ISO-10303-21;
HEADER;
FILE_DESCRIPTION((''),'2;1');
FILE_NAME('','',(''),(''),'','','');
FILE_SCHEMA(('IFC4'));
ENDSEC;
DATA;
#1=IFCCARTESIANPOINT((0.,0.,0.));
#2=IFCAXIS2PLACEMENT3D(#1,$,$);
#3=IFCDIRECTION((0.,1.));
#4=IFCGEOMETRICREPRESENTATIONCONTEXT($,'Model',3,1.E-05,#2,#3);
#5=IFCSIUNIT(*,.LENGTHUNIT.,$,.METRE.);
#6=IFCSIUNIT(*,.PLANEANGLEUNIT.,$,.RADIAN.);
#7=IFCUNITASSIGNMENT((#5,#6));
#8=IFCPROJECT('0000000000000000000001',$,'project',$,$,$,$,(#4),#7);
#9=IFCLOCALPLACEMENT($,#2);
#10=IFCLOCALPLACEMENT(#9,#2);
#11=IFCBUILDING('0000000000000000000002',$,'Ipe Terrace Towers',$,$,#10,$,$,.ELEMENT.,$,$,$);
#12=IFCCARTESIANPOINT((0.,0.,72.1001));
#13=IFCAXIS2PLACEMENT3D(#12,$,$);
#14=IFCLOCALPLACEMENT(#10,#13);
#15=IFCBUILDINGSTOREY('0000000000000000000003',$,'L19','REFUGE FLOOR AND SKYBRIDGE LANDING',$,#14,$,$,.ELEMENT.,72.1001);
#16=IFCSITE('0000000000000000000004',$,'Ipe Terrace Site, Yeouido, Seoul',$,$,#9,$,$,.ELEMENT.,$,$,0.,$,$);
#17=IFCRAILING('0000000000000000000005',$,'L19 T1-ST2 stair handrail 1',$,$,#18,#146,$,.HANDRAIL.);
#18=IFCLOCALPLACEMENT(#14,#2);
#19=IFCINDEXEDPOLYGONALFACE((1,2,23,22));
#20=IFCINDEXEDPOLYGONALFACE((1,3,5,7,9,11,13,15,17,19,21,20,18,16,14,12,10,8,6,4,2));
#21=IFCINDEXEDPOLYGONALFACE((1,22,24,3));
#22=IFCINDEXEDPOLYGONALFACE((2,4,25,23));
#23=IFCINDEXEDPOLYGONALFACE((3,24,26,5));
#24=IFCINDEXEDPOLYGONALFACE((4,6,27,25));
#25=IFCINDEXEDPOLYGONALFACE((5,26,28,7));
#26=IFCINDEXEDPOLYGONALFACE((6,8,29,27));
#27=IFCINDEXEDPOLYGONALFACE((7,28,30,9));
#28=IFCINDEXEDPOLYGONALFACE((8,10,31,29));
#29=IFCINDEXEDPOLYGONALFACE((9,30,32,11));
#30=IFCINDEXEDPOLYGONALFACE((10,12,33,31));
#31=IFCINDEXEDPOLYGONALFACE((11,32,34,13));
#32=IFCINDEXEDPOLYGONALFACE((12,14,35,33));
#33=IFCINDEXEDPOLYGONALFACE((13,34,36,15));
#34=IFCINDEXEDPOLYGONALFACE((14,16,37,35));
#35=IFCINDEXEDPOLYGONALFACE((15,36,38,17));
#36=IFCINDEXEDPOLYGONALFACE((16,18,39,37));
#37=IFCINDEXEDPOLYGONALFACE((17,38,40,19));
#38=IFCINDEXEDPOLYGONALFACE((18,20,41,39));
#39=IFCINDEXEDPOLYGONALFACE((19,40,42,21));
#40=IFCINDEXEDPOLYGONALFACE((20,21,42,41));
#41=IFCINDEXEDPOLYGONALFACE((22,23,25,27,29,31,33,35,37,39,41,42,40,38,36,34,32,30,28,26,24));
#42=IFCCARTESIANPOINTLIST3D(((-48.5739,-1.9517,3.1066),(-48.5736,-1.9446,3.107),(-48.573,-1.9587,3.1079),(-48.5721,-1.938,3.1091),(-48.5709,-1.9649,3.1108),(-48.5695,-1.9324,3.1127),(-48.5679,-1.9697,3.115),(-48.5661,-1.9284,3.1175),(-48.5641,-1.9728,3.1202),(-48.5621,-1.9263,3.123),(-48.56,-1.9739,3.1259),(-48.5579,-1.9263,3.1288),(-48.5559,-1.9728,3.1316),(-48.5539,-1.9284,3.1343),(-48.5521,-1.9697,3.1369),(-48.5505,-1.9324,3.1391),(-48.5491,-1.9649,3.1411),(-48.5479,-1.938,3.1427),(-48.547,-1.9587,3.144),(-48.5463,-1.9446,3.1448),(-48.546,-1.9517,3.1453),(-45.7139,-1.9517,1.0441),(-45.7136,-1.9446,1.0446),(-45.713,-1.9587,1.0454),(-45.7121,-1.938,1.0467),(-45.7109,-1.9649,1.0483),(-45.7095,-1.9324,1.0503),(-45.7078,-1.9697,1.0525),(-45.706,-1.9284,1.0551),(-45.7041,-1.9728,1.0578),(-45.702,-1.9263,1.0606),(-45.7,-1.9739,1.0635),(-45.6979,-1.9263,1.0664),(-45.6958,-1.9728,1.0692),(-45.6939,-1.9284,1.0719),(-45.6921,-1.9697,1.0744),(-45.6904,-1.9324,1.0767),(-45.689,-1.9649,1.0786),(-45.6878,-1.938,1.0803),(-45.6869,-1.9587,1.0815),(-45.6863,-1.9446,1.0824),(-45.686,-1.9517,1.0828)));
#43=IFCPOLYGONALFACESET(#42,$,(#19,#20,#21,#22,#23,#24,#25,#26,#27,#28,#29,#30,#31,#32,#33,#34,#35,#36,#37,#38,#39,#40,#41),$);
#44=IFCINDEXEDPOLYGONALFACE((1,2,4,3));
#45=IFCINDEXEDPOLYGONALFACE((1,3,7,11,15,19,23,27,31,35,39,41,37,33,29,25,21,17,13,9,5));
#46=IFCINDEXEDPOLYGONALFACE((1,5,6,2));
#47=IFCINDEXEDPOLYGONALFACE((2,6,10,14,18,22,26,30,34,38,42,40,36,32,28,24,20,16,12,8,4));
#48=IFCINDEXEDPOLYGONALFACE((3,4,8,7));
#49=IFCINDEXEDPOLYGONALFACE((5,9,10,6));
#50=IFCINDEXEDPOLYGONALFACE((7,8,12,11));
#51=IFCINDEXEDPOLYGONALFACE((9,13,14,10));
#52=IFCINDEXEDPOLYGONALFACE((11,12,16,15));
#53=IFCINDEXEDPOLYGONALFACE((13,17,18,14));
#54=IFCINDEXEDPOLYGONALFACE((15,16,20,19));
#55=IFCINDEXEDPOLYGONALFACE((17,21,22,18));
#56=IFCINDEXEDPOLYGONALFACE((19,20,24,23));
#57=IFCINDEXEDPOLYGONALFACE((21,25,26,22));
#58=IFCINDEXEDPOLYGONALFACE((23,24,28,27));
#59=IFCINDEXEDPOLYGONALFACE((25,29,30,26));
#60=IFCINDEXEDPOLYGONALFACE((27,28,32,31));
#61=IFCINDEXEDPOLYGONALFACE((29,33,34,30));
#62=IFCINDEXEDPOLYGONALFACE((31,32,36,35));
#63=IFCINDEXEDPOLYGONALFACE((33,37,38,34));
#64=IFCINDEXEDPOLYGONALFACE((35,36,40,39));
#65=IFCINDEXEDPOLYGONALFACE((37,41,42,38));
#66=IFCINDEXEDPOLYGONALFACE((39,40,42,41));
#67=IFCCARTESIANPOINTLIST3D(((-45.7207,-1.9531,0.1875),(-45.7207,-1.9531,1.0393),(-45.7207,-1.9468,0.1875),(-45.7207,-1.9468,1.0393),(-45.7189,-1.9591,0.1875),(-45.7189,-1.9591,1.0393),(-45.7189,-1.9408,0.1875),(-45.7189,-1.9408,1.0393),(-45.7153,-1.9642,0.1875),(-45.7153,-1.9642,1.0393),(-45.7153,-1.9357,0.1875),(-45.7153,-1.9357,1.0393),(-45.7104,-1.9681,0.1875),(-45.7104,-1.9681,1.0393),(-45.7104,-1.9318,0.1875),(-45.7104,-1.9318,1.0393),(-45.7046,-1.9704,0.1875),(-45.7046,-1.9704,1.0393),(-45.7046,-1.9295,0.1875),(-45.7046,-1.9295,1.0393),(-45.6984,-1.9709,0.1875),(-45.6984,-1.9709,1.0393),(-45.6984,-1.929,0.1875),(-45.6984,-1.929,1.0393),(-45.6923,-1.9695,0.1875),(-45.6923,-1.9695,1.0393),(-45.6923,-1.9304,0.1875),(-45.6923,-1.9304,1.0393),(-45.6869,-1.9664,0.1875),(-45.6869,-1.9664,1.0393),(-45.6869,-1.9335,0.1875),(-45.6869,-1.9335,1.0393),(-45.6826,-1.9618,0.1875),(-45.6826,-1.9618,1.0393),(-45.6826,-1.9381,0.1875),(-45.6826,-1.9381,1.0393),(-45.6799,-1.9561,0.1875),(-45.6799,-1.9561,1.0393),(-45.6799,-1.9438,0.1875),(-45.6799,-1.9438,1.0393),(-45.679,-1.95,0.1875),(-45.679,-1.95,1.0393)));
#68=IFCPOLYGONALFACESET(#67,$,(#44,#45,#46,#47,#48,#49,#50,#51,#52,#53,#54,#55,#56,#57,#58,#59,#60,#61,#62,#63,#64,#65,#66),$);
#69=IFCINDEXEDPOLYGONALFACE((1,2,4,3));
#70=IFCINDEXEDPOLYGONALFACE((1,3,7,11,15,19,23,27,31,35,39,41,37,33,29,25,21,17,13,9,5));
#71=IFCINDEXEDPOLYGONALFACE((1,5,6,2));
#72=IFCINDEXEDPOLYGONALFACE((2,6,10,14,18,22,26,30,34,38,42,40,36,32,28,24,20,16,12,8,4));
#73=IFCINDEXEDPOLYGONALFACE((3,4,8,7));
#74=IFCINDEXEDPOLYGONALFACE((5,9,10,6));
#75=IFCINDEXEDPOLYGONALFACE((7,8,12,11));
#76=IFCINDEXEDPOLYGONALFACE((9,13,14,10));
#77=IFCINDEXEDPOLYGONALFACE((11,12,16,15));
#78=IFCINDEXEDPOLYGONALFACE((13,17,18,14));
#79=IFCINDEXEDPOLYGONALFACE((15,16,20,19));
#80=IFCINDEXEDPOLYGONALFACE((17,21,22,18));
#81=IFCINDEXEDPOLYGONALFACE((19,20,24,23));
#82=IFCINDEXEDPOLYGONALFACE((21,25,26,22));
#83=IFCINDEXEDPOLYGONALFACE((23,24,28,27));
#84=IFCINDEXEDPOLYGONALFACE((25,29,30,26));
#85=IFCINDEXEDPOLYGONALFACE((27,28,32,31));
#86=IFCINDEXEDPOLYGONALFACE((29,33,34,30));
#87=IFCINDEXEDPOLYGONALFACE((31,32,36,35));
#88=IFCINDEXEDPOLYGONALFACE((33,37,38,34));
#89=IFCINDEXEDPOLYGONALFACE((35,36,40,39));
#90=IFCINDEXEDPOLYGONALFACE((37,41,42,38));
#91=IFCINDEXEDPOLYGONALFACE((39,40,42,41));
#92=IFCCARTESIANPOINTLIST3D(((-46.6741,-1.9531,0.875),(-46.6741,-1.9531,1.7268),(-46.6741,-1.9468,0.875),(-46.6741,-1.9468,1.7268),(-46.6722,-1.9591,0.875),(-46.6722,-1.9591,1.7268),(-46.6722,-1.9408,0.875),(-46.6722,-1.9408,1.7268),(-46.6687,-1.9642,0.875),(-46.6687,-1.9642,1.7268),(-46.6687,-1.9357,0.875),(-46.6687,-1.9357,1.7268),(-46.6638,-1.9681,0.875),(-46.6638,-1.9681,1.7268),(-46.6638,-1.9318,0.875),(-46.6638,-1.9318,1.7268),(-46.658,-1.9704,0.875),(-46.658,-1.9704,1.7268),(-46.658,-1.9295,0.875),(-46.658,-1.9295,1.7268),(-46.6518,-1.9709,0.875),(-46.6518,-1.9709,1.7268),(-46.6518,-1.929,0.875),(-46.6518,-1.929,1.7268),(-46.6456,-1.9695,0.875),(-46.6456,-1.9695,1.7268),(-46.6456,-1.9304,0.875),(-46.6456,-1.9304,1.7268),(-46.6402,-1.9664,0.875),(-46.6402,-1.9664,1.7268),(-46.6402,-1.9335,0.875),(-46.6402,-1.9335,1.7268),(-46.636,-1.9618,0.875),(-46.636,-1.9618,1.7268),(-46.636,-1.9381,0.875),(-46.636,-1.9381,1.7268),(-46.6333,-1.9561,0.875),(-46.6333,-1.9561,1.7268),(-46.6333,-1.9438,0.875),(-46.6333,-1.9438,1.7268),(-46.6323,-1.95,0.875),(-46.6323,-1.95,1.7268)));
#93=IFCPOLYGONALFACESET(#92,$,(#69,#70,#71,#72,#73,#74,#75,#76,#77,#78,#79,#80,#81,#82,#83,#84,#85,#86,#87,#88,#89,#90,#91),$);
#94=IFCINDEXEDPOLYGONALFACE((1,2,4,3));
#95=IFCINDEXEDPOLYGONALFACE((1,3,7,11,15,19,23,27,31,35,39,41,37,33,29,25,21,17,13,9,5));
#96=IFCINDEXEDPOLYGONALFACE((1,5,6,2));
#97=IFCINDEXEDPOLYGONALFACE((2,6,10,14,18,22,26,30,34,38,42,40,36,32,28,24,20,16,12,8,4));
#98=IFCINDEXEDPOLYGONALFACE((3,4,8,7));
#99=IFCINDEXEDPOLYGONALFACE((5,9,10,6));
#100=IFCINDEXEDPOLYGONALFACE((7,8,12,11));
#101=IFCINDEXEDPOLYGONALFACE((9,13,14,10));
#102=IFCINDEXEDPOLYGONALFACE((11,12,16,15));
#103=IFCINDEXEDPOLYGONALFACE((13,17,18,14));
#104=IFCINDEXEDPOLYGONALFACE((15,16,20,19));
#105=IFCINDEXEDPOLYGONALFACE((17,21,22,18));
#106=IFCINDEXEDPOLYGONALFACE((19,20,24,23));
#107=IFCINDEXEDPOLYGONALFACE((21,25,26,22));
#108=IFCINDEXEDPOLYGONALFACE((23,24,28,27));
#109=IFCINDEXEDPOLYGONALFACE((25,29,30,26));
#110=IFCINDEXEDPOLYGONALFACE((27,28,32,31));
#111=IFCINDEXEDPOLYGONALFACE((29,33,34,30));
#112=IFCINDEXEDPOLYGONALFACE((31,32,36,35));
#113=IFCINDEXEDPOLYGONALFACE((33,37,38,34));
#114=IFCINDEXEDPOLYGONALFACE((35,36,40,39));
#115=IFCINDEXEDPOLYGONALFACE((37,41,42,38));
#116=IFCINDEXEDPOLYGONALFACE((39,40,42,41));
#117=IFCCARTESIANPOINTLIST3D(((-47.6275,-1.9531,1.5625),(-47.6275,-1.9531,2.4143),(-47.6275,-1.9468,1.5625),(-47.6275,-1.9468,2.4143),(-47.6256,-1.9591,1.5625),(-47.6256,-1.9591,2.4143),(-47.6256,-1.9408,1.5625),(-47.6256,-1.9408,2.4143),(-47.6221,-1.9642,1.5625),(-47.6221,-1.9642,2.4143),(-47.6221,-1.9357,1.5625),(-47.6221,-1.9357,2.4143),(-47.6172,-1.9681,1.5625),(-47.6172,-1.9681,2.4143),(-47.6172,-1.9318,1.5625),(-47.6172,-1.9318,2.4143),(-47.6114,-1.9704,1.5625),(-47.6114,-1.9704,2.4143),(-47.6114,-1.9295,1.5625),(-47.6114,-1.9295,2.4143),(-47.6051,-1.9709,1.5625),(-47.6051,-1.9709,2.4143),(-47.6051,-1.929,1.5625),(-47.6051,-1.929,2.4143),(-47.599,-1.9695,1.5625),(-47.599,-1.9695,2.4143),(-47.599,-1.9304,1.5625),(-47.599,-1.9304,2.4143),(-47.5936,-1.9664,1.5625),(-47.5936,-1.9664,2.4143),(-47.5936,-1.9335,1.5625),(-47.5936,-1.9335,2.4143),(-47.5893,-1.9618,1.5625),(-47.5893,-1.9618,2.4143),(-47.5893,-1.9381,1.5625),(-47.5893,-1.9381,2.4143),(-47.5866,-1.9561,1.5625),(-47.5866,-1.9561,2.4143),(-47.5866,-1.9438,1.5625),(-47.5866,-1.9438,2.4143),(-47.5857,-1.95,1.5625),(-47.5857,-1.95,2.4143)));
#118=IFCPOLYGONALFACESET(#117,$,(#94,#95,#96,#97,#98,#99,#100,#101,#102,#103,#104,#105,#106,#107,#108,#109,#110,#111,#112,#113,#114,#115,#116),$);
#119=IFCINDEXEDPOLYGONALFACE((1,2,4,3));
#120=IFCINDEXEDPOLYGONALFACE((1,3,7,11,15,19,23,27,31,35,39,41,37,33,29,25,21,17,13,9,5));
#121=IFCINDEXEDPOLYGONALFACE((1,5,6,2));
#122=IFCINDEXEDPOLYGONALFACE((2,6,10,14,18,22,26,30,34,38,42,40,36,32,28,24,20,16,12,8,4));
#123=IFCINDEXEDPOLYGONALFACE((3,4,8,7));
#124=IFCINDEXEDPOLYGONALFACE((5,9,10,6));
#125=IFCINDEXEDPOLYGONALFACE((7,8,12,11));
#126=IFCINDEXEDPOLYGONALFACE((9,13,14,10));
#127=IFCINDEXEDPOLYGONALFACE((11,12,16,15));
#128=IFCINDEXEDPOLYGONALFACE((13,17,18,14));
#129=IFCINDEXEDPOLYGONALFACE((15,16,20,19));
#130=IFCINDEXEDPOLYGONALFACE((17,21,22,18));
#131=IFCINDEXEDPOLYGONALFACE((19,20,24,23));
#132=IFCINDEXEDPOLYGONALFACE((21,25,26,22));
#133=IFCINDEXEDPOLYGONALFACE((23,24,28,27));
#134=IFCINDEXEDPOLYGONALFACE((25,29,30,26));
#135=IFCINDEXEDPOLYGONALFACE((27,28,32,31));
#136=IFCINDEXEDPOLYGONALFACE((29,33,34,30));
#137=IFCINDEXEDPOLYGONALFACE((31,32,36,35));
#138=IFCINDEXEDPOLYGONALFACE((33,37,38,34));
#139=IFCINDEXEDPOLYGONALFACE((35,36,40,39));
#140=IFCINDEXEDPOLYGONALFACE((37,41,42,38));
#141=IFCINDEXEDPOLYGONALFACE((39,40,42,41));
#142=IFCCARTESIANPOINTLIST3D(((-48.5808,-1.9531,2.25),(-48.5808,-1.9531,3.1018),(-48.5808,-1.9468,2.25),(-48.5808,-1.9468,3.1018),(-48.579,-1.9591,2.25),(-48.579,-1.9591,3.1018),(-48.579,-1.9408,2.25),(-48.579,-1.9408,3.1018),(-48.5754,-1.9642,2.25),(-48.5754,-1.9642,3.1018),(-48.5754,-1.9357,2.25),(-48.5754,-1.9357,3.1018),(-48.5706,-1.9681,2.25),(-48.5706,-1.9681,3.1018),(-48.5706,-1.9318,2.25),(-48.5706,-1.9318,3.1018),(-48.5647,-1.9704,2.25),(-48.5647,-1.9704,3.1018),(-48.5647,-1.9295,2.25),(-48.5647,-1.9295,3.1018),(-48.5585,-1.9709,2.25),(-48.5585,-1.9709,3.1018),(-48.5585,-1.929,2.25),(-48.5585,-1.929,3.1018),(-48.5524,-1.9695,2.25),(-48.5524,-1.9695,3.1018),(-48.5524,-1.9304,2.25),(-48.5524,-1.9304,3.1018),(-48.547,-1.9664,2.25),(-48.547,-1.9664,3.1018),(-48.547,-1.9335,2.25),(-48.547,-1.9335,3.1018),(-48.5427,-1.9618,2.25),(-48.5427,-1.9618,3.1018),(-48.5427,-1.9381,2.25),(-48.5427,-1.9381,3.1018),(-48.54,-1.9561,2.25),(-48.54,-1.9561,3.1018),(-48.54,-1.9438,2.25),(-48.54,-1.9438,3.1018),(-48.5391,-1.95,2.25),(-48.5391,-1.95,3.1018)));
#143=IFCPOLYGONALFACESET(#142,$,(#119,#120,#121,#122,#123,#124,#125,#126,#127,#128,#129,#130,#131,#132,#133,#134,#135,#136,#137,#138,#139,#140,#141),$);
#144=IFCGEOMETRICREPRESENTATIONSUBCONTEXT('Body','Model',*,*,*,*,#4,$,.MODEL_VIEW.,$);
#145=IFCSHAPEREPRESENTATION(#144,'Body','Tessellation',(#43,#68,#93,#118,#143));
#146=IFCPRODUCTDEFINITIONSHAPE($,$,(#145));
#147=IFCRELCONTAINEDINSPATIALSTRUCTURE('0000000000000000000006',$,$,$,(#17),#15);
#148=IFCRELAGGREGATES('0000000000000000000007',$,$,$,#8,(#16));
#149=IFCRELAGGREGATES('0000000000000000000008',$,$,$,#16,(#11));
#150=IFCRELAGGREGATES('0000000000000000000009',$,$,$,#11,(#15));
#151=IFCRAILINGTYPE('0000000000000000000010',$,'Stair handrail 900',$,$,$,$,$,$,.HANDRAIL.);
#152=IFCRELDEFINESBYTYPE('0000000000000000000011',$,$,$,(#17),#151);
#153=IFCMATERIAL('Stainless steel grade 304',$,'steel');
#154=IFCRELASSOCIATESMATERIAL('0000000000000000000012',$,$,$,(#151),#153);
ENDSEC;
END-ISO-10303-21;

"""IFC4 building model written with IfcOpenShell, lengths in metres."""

from ifc_helpers import new_model, si_unit, direction, frame, origin, origin_2d, place, context, subcontext, project, spatial, circle, extrude, material, type_object, element, save


model = new_model("IFC4")

# Units and contexts
model_context = context("Model", 3, precision=1e-05, world=origin(), true_north=direction((0.0, 1.0)))
body_context = subcontext(model_context, "Body", "Model", "MODEL_VIEW")
ifc_project = project(units=[si_unit("LENGTHUNIT", "METRE"), si_unit("PLANEANGLEUNIT", "RADIAN")], contexts=[model_context])

# Site, building, storey
site_placement = place(None, origin())
site = spatial("IfcSite", under=ifc_project, at=site_placement, Name="Ipe Terrace Site, Yeouido, Seoul", CompositionType="ELEMENT", RefElevation=0.0)
building_placement = place(site_placement, origin())
building = spatial("IfcBuilding", under=site, at=building_placement, Name="Ipe Terrace Towers", CompositionType="ELEMENT")
storey_placement = place(building_placement, frame((0.0, 0.0, 72.1001)))
storey = spatial("IfcBuildingStorey", under=building, at=storey_placement, Name="L19", Description="REFUGE FLOOR AND SKYBRIDGE LANDING", CompositionType="ELEMENT", Elevation=72.1001)

# Railing
ifc_material_1 = material(Name="Stainless steel grade 304", Category="steel")
railing_type_1 = type_object("IfcRailingType", Name="Stair handrail 900", PredefinedType="HANDRAIL", material=ifc_material_1)
railing_1_placement = place(storey_placement, frame((-45.7, -1.95, 0.1875)))
element("IfcRailing", 1, at=railing_1_placement, inside=storey, type_object=railing_type_1, Name="L19 T1-ST2 stair handrail 1", PredefinedType="HANDRAIL", context=body_context, shape_type="SweptSolid", body=[
    extrude(circle(Radius=0.0239, at=origin_2d()), frame((0.0, 0.0, 0.876), z_axis=(-0.811101, 0.0, 0.584906), x_axis=(0.0, -1.0, 0.0)), (0.0, 0.0, 1.0), 3.5261),
    extrude(circle(Radius=0.021, at=origin_2d()), origin(), (0.0, 0.0, 1.0), 0.8518),
    extrude(circle(Radius=0.021, at=origin_2d()), frame((-0.9534, 0.0, 0.6875)), (0.0, 0.0, 1.0), 0.8518),
    extrude(circle(Radius=0.021, at=origin_2d()), frame((-1.9067, 0.0, 1.375)), (0.0, 0.0, 1.0), 0.8518),
    extrude(circle(Radius=0.021, at=origin_2d()), frame((-2.8601, 0.0, 2.0625)), (0.0, 0.0, 1.0), 0.8518),
])

save(model, "model.ifc")
